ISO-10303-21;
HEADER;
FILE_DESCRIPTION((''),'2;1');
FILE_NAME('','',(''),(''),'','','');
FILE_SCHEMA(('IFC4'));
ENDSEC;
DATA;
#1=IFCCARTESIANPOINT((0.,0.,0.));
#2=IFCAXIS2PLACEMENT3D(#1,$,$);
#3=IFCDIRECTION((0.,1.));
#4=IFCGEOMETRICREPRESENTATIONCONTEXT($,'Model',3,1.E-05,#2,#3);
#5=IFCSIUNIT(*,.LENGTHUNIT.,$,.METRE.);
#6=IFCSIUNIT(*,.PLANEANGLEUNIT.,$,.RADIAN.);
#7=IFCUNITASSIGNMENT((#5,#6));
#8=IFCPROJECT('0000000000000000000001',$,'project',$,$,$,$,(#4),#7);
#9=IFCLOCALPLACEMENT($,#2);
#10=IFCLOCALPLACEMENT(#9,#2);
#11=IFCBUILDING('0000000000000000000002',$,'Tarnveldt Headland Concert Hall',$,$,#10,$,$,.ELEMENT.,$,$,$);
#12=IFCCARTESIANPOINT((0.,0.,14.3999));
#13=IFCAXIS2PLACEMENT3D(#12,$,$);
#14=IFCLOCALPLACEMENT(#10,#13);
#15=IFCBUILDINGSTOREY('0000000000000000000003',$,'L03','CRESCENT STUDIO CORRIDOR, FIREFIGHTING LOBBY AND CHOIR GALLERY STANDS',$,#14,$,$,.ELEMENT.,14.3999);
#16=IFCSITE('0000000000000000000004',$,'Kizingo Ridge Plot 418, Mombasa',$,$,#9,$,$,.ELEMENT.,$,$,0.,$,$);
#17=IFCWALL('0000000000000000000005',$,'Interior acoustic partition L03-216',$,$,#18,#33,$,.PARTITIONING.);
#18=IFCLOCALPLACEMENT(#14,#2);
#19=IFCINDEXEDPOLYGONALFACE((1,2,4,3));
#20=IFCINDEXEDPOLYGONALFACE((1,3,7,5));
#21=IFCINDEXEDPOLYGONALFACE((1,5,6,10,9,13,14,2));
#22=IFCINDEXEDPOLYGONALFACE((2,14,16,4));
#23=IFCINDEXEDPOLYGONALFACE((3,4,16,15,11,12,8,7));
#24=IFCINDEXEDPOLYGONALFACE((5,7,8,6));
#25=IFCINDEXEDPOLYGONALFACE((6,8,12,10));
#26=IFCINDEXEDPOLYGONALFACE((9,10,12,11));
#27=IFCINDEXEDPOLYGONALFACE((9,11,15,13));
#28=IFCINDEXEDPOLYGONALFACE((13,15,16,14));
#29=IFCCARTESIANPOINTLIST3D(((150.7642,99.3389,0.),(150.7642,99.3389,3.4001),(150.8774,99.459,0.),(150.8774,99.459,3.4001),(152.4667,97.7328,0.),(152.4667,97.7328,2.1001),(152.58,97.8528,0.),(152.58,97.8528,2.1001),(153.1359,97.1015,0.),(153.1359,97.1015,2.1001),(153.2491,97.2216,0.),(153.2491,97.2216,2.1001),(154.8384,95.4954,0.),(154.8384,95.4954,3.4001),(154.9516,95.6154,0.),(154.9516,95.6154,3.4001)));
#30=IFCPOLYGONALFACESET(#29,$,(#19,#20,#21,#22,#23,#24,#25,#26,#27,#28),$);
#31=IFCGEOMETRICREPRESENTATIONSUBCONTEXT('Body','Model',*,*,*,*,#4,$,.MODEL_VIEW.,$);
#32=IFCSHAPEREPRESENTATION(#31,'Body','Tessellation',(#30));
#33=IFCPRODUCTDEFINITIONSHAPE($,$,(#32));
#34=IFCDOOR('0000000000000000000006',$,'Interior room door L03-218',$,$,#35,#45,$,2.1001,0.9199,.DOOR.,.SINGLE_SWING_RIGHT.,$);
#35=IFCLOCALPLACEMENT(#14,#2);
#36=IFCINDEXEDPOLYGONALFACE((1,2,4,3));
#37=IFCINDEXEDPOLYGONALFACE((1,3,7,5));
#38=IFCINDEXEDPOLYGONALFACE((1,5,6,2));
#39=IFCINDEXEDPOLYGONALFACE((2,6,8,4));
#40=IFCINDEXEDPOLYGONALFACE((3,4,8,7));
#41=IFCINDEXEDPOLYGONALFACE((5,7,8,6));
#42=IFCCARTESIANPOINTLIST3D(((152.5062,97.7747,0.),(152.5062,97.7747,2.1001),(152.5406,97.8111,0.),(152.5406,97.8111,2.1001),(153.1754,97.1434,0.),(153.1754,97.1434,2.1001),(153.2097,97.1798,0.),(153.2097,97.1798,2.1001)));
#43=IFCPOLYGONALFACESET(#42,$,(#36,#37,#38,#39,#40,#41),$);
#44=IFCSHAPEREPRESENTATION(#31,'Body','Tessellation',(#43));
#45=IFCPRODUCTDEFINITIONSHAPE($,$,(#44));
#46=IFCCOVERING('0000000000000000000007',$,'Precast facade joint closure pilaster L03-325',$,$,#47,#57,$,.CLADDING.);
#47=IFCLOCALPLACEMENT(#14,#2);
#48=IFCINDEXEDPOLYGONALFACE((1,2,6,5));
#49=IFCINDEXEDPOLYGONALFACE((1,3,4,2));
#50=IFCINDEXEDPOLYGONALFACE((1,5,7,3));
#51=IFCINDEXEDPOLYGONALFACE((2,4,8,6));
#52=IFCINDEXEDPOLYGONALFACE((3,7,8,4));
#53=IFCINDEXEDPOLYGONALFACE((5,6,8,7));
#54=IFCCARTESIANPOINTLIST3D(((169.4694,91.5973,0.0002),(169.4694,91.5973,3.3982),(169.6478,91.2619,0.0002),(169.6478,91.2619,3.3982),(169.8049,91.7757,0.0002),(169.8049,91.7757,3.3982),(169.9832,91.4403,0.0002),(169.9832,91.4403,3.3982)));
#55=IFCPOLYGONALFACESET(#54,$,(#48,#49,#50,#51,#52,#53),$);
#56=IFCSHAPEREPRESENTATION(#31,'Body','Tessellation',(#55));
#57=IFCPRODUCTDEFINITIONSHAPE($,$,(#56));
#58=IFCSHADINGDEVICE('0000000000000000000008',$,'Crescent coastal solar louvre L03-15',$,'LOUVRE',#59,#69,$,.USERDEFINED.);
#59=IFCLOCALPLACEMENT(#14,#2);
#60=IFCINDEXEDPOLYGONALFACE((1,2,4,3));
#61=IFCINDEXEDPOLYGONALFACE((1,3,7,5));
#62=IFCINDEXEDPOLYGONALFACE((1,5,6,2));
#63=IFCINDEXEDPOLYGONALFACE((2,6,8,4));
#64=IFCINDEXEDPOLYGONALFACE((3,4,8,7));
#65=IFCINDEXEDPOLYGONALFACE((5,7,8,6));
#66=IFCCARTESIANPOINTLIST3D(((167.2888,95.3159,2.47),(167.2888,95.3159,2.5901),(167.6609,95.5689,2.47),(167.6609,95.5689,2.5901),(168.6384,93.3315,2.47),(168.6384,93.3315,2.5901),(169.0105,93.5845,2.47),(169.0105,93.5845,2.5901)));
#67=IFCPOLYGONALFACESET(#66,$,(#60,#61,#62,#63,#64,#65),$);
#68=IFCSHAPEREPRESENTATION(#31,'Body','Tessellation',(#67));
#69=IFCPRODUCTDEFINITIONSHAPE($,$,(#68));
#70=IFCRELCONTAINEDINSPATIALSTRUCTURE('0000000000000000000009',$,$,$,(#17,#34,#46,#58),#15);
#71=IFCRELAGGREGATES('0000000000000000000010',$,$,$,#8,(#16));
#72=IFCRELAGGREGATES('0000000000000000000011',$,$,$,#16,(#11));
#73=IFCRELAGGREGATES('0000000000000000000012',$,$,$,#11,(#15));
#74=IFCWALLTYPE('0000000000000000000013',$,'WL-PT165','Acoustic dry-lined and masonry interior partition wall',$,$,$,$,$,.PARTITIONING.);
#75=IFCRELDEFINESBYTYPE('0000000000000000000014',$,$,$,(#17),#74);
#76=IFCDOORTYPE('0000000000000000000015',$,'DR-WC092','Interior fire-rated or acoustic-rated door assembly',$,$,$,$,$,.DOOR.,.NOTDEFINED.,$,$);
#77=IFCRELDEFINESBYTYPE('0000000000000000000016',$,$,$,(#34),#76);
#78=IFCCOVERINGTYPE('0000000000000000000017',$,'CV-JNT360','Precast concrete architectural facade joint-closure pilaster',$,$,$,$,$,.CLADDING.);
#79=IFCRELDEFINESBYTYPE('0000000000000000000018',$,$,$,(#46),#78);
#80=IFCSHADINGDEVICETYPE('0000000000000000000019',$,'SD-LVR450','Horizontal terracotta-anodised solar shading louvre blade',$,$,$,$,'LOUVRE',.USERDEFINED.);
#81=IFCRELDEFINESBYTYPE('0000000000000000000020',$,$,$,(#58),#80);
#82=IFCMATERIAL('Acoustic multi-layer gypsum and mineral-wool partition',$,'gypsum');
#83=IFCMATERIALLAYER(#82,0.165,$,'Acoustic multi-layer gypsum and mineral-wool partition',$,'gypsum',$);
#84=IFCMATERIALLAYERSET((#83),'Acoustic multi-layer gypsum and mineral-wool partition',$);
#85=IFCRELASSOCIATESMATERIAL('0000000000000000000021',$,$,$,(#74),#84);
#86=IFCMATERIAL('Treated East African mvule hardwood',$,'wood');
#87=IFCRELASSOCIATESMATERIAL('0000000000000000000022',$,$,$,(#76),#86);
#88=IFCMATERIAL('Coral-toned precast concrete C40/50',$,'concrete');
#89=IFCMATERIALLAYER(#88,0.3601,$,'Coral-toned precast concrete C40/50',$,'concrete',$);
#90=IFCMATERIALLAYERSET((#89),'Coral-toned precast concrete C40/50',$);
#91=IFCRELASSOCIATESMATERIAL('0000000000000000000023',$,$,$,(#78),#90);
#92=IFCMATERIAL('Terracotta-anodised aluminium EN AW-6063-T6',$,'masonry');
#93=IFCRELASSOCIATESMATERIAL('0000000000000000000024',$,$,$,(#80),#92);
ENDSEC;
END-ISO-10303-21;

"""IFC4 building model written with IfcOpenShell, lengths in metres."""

from ifc_helpers import new_model, si_unit, direction, frame, frame_2d, origin, origin_2d, place, context, subcontext, project, spatial, rectangle, extrude, material, layer, layer_set, type_object, element, fill, save


model = new_model("IFC4")

# Units and contexts
model_context = context("Model", 3, precision=1e-05, world=origin(), true_north=direction((0.0, 1.0)))
body_context = subcontext(model_context, "Body", "Model", "MODEL_VIEW")
ifc_project = project(units=[si_unit("LENGTHUNIT", "METRE"), si_unit("PLANEANGLEUNIT", "RADIAN")], contexts=[model_context])

# Site, building, storey
site_placement = place(None, origin())
site = spatial("IfcSite", under=ifc_project, at=site_placement, Name="Kizingo Ridge Plot 418, Mombasa", CompositionType="ELEMENT", RefElevation=0.0)
building_placement = place(site_placement, origin())
building = spatial("IfcBuilding", under=site, at=building_placement, Name="Tarnveldt Headland Concert Hall", CompositionType="ELEMENT")
storey_placement = place(building_placement, frame((0.0, 0.0, 14.3999)))
storey = spatial("IfcBuildingStorey", under=building, at=storey_placement, Name="L03", Description="CRESCENT STUDIO CORRIDOR, FIREFIGHTING LOBBY AND CHOIR GALLERY STANDS", CompositionType="ELEMENT", Elevation=14.3999)

# Shared definitions
ifc_material_1 = material(Name="Coral-toned precast concrete C40/50", Category="concrete")

# Wall, opening, door
ifc_material_2 = material(Name="Acoustic multi-layer gypsum and mineral-wool partition", Category="gypsum")
ifc_layer_1 = layer(ifc_material_2, 0.165, Name="Acoustic multi-layer gypsum and mineral-wool partition", Category="gypsum")
ifc_layer_set_1 = layer_set([ifc_layer_1], Name="Acoustic multi-layer gypsum and mineral-wool partition")
wall_type_1 = type_object("IfcWallType", Name="WL-PT165", Description="Acoustic dry-lined and masonry interior partition wall", PredefinedType="PARTITIONING", material=ifc_layer_set_1)
wall_1_placement = place(storey_placement, frame((154.895, 95.5554, 0.0), z_axis=(0.0, 0.0, 1.0), x_axis=(-0.727402, 0.686211, 0.0)))
wall_1 = element("IfcWall", 1, at=wall_1_placement, inside=storey, type_object=wall_type_1, Name="Interior acoustic partition L03-216", PredefinedType="PARTITIONING", context=body_context, shape_type="SweptSolid", body=[
    extrude(rectangle(XDim=5.6011, YDim=0.165, at=frame_2d((2.8005, 0.0))), origin(), (0.0, 0.0, 1.0), 3.4001),
])
opening_1_placement = place(wall_1_placement, frame((2.3406, 0.0, 0.0)))
opening_1 = element("IfcOpeningElement", 2, at=opening_1_placement, cuts=wall_1, PredefinedType="OPENING", context=body_context, shape_type="SweptSolid", body=[
    extrude(rectangle(XDim=0.9199, YDim=2.1001, at=frame_2d((0.46, 1.05))), frame((0.0, 0.0925, 0.0), z_axis=(0.0, -1.0, 0.0), x_axis=(1.0, 0.0, 0.0)), (0.0, 0.0, 1.0), 0.1851),
])
ifc_material_3 = material(Name="Treated East African mvule hardwood", Category="wood")
door_type_1 = type_object("IfcDoorType", Name="DR-WC092", Description="Interior fire-rated or acoustic-rated door assembly", OperationType="NOTDEFINED", PredefinedType="DOOR", material=ifc_material_3)
door_1_placement = place(opening_1_placement, origin())
door_1 = element("IfcDoor", 3, at=door_1_placement, inside=storey, type_object=door_type_1, Name="Interior room door L03-218", OperationType="SINGLE_SWING_RIGHT", OverallHeight=2.1001, OverallWidth=0.9199, PredefinedType="DOOR", context=body_context, shape_type="SweptSolid", body=[
    extrude(rectangle(XDim=0.9199, YDim=2.1001, at=frame_2d((0.46, 1.05))), frame((0.0, 0.0249, 0.0), z_axis=(0.0, -1.0, 0.0), x_axis=(1.0, 0.0, 0.0)), (0.0, 0.0, 1.0), 0.05),
])
fill(opening_1, door_1)

# Covering
ifc_layer_2 = layer(ifc_material_1, 0.3601, Name="Coral-toned precast concrete C40/50", Category="concrete")
ifc_layer_set_2 = layer_set([ifc_layer_2], Name="Coral-toned precast concrete C40/50")
covering_type = type_object("IfcCoveringType", Name="CV-JNT360", Description="Precast concrete architectural facade joint-closure pilaster", PredefinedType="CLADDING", material=ifc_layer_set_2)
covering_placement = place(storey_placement, frame((169.7263, 91.5188, 0.0002), z_axis=(0.0, 0.0, 1.0), x_axis=(0.469472, -0.882948, 0.0)))
element("IfcCovering", 4, at=covering_placement, inside=storey, type_object=covering_type, Name="Precast facade joint closure pilaster L03-325", PredefinedType="CLADDING", context=body_context, shape_type="SweptSolid", body=[
    extrude(rectangle(XDim=0.3799, YDim=0.3799, at=origin_2d()), origin(), (0.0, 0.0, 1.0), 3.3979),
])

# Shading device
ifc_material_4 = material(Name="Terracotta-anodised aluminium EN AW-6063-T6", Category="masonry")
shading_device_type = type_object("IfcShadingDeviceType", Name="SD-LVR450", Description="Horizontal terracotta-anodised solar shading louvre blade", ElementType="LOUVRE", PredefinedType="USERDEFINED", material=ifc_material_4)
shading_device_placement = place(storey_placement, frame((168.1497, 94.4502, 2.47), z_axis=(0.0, 0.0, 1.0), x_axis=(0.826884, 0.562372, 0.0)))
element("IfcShadingDevice", 5, at=shading_device_placement, inside=storey, type_object=shading_device_type, Name="Crescent coastal solar louvre L03-15", ObjectType="LOUVRE", PredefinedType="USERDEFINED", context=body_context, shape_type="SweptSolid", body=[
    extrude(rectangle(XDim=0.45, YDim=2.3999, at=origin_2d()), origin(), (0.0, 0.0, 1.0), 0.1201),
])

save(model, "model.ifc")
